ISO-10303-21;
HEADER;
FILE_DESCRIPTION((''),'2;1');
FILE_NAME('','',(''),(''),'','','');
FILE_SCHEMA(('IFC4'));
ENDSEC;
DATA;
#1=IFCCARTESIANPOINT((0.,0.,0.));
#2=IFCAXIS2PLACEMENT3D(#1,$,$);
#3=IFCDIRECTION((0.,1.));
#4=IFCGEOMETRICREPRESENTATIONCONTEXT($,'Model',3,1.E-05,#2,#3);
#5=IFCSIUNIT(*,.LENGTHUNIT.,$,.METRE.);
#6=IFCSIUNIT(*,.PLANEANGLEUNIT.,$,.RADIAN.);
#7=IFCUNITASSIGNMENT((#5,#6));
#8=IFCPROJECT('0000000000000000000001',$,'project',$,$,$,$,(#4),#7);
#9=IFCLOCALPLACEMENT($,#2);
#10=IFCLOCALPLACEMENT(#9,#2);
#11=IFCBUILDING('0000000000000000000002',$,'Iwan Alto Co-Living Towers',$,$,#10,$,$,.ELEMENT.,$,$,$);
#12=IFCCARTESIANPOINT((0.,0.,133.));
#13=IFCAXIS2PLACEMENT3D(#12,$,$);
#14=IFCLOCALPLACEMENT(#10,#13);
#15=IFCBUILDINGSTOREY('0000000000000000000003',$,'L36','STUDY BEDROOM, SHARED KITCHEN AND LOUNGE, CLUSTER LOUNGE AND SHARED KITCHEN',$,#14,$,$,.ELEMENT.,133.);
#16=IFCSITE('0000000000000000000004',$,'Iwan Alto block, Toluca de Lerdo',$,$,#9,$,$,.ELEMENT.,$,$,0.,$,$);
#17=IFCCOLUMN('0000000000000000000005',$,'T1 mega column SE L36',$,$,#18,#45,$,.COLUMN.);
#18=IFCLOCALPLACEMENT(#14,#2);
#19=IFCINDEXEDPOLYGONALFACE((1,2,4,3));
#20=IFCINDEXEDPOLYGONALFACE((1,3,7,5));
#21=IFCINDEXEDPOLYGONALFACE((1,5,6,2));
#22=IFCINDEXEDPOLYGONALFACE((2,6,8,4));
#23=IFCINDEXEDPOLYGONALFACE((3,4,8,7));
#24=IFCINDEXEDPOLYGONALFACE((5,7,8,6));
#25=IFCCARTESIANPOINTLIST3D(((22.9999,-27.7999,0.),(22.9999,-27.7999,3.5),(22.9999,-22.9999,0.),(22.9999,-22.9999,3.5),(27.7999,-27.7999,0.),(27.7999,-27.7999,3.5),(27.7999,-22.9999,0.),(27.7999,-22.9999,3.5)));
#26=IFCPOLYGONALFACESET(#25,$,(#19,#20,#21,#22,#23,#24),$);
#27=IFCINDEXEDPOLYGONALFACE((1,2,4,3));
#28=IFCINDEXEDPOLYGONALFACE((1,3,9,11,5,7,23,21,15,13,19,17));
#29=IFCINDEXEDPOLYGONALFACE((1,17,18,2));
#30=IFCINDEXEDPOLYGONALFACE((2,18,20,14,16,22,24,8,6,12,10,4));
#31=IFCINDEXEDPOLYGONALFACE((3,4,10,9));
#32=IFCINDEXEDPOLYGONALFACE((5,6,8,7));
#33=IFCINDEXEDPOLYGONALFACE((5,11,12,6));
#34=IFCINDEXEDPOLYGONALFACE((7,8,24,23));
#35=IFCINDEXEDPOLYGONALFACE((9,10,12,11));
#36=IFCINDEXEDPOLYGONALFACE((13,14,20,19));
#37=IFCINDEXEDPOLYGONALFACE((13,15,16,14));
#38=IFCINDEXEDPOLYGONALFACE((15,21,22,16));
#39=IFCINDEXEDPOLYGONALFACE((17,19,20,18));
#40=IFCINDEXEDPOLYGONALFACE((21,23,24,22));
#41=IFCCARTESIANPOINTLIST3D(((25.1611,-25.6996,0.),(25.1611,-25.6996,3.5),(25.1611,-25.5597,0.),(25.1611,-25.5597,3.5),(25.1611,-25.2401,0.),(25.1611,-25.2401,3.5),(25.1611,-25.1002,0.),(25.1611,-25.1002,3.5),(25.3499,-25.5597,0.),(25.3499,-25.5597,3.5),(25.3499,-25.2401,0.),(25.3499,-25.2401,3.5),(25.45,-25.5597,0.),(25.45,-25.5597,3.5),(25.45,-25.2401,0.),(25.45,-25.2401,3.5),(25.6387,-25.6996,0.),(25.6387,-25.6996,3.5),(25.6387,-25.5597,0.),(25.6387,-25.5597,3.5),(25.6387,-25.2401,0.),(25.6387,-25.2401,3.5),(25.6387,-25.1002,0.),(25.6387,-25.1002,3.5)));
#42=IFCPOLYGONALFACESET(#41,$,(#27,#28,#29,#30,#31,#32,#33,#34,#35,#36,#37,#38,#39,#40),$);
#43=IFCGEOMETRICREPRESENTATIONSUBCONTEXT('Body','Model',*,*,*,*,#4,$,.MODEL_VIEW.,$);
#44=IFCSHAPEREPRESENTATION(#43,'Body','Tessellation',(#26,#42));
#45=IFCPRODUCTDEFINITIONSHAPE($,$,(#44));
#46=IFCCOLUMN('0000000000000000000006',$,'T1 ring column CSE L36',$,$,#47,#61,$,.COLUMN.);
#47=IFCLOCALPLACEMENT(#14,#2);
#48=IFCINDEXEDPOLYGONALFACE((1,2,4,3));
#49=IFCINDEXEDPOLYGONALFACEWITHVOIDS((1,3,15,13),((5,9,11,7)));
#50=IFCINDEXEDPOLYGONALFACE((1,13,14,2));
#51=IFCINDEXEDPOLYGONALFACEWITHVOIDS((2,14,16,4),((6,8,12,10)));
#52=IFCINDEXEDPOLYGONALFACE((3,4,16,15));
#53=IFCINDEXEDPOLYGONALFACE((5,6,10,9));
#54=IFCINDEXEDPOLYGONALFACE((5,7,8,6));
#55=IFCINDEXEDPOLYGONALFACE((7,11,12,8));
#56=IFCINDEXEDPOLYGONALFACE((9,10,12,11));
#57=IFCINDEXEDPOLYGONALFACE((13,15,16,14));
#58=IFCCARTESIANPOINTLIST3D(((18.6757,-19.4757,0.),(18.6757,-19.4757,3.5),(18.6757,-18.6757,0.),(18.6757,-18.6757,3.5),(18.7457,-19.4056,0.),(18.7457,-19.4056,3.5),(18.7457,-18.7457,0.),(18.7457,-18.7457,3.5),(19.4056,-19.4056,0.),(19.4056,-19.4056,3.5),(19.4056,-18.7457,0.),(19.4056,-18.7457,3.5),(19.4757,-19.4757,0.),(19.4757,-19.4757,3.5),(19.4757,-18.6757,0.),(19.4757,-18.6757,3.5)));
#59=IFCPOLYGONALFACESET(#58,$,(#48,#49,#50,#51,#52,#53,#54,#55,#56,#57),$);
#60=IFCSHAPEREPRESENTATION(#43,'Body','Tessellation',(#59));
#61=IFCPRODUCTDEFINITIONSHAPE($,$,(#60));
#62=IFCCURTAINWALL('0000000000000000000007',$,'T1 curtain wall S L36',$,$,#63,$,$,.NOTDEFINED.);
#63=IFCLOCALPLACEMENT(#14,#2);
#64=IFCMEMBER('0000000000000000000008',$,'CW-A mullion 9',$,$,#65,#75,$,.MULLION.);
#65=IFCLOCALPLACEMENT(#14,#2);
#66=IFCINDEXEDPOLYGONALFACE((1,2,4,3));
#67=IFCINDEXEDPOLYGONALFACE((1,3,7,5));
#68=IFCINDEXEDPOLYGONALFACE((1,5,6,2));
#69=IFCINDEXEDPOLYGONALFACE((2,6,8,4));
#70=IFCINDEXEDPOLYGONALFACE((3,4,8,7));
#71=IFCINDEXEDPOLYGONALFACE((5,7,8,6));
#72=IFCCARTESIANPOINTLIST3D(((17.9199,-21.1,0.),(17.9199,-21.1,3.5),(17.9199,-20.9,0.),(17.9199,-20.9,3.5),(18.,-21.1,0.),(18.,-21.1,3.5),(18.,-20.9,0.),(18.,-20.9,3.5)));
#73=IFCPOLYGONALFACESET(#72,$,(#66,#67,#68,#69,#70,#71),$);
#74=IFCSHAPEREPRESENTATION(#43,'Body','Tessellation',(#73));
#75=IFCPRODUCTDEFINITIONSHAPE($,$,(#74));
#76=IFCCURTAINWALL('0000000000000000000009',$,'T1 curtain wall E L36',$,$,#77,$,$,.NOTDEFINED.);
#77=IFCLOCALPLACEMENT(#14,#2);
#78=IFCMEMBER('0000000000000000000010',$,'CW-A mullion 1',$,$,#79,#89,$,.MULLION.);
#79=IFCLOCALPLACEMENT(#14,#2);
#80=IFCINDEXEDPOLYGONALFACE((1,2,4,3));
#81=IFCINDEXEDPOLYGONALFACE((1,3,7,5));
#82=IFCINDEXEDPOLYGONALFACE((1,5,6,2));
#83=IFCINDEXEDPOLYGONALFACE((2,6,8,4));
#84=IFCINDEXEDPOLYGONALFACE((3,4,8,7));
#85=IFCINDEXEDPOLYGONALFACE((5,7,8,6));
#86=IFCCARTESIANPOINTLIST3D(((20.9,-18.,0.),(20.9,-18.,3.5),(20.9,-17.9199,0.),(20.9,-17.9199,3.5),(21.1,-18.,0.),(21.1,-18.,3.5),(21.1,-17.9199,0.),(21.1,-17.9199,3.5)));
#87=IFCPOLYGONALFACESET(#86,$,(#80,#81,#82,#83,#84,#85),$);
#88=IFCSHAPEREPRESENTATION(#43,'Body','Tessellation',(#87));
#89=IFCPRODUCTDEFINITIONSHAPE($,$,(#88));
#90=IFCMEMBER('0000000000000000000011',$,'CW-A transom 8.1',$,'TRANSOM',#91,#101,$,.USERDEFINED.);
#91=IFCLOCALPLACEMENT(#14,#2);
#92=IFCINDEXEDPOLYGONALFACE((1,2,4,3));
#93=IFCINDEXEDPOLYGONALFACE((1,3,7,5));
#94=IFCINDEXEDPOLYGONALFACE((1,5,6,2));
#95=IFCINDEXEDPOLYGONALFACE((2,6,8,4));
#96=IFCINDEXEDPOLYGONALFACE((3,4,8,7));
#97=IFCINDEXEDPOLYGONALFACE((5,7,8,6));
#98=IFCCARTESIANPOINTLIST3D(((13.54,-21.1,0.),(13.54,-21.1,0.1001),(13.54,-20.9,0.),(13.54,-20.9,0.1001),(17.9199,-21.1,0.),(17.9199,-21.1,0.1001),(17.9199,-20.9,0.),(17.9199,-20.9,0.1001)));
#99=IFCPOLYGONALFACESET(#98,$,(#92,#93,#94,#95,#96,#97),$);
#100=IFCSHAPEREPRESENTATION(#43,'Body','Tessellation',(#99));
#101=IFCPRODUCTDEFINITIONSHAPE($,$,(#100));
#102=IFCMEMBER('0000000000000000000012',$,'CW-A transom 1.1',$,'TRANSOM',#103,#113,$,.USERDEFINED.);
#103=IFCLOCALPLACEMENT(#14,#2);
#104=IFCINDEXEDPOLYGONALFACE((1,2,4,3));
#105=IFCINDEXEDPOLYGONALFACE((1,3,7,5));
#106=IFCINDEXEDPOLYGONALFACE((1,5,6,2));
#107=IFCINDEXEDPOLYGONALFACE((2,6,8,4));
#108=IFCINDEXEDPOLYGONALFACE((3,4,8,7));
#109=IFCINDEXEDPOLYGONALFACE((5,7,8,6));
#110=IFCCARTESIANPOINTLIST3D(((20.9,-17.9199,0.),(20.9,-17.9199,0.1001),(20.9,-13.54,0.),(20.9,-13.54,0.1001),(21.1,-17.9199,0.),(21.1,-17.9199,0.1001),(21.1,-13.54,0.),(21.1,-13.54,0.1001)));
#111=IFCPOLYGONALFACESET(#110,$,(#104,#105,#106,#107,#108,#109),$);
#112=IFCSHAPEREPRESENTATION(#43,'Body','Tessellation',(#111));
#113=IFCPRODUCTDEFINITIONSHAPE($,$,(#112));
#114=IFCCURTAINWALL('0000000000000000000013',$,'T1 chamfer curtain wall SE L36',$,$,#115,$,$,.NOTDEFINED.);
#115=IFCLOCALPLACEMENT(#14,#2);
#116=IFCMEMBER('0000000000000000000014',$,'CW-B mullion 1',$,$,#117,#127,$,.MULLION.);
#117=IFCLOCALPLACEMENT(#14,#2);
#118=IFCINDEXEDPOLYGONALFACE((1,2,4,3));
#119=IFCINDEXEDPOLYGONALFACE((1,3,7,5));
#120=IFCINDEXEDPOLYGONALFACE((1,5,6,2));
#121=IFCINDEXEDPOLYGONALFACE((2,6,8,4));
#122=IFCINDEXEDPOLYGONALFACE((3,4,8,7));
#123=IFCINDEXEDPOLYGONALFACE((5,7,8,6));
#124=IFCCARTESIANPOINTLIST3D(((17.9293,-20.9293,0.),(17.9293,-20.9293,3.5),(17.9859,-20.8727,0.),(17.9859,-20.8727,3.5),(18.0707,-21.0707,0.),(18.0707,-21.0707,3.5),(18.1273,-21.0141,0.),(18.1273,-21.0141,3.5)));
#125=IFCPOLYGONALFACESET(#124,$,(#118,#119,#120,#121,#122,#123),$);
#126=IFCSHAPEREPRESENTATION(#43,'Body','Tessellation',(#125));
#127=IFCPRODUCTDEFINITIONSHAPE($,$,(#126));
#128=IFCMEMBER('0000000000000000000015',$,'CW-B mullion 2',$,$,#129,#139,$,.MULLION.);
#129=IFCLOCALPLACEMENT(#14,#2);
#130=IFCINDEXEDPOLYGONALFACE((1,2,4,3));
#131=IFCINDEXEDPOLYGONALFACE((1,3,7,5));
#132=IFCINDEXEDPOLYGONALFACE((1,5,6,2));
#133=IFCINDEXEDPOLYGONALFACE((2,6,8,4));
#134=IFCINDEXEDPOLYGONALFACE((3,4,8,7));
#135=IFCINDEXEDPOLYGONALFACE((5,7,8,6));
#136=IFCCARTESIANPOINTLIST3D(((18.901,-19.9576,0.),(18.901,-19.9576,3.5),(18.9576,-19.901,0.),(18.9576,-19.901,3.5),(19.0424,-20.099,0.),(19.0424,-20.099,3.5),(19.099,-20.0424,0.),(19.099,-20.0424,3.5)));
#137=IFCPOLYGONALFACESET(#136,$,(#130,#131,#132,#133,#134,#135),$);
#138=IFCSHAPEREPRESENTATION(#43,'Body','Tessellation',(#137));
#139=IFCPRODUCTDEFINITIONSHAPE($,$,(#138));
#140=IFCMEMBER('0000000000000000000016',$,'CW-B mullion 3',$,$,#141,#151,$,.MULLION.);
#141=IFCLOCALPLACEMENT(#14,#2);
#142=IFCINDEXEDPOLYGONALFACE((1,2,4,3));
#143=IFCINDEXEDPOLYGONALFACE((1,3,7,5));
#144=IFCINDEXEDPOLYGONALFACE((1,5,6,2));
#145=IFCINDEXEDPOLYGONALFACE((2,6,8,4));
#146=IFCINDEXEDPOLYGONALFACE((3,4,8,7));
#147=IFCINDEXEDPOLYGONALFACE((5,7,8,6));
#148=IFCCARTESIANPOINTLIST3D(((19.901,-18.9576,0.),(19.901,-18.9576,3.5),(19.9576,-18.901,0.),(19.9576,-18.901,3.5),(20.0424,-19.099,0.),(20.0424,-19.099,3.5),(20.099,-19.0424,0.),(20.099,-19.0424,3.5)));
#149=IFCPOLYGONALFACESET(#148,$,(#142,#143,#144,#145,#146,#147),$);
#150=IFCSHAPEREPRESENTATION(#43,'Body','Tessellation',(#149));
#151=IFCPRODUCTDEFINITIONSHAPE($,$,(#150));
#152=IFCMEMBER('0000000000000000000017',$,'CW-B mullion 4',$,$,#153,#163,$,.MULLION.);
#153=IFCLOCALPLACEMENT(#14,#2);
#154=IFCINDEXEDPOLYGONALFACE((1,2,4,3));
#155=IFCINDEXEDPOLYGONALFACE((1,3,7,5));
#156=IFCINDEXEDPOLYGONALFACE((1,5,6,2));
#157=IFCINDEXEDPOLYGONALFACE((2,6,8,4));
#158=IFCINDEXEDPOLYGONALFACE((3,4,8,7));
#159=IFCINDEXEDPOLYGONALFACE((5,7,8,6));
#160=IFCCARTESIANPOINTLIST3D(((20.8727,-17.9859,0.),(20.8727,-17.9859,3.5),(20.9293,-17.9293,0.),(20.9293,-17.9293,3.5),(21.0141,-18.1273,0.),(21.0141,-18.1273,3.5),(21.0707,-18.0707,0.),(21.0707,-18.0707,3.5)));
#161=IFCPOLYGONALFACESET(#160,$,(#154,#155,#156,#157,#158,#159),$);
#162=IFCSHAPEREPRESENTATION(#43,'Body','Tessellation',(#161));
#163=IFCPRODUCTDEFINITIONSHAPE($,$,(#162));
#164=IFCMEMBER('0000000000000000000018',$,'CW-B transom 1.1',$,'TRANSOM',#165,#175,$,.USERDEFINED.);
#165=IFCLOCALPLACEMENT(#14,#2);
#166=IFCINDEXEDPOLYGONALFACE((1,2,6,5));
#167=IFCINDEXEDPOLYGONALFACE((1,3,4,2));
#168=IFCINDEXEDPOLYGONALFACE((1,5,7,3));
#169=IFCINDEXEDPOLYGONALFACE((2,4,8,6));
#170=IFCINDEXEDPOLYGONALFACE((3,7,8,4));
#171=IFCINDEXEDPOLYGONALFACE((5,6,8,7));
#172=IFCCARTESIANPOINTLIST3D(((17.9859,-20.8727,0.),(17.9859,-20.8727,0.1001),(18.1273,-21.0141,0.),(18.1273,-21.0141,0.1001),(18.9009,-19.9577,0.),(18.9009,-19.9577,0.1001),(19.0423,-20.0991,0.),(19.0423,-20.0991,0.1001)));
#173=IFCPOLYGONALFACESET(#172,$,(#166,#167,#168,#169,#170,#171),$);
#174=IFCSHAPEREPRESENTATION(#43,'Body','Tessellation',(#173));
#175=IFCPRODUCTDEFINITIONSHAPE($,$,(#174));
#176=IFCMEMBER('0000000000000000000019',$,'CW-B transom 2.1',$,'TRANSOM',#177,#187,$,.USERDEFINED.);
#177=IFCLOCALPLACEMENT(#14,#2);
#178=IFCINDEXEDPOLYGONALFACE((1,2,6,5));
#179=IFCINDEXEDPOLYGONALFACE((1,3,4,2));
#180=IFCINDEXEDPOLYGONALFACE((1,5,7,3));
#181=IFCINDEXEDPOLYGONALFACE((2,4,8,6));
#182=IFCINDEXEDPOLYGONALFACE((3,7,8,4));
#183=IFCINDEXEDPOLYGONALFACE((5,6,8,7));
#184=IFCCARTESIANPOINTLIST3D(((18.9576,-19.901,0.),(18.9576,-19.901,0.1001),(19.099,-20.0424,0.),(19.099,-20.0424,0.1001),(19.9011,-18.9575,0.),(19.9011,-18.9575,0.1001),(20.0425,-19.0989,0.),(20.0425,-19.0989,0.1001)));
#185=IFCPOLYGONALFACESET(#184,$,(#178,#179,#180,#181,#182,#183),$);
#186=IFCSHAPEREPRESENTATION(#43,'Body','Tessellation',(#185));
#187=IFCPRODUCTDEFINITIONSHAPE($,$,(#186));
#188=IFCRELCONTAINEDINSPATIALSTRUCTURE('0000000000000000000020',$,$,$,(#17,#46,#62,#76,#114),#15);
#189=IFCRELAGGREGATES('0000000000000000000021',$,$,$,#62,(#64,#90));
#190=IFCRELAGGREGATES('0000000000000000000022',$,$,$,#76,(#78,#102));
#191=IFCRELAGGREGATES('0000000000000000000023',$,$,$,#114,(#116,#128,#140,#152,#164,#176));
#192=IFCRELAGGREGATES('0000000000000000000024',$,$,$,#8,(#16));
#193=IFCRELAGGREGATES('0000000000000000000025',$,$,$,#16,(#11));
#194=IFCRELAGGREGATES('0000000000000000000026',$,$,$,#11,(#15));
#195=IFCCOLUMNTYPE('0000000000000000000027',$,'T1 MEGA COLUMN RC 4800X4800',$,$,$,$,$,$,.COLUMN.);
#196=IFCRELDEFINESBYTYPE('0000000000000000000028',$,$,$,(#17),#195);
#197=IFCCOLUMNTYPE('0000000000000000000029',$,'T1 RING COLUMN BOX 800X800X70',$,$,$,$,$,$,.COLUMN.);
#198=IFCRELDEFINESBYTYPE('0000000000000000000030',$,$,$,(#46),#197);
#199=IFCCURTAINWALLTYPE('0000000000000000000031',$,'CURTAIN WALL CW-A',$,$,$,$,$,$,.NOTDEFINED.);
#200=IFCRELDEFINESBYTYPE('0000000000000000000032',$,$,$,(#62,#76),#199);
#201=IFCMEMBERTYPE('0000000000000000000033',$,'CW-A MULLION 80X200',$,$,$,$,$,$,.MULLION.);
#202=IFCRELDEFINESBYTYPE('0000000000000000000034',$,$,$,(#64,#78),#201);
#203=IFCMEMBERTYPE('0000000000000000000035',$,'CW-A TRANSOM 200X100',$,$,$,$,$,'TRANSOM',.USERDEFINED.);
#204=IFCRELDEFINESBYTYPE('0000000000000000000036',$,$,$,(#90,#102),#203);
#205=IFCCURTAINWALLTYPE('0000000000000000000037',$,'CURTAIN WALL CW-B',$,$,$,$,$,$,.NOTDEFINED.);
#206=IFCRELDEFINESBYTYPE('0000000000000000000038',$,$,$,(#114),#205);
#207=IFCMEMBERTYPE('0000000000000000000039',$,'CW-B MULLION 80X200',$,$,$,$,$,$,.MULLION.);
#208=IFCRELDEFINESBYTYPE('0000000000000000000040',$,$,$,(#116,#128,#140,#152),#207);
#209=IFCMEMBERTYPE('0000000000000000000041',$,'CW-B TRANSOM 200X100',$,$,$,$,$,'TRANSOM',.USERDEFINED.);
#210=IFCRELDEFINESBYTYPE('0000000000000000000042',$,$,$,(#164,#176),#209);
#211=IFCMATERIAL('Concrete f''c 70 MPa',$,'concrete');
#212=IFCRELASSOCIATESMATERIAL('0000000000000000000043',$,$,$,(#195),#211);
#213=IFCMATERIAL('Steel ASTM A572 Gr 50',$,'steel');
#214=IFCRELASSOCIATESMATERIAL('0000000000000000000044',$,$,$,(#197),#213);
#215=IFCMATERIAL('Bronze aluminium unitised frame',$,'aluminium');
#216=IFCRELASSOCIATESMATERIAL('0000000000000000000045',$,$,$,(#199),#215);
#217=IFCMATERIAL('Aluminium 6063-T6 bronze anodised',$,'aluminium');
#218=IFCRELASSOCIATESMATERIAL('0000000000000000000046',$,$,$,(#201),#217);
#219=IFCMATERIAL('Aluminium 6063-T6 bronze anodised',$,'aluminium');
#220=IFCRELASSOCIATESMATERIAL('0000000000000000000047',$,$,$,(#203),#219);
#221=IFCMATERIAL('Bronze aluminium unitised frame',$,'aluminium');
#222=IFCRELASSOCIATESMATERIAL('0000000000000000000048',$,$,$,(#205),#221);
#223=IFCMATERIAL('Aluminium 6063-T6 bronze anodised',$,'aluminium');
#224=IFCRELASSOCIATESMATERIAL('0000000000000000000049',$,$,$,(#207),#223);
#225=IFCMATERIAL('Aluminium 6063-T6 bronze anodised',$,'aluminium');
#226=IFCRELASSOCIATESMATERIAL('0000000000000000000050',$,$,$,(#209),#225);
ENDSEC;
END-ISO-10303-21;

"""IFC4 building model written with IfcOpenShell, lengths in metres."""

from ifc_helpers import new_model, si_unit, direction, frame, origin, origin_2d, place, context, subcontext, project, spatial, rectangle, hollow_rectangle, i_section, extrude, material, material_profile, profile_set, type_object, element, aggregate, save


model = new_model("IFC4")

# Units and contexts
model_context = context("Model", 3, precision=1e-05, world=origin(), true_north=direction((0.0, 1.0)))
body_context = subcontext(model_context, "Body", "Model", "MODEL_VIEW")
ifc_project = project(units=[si_unit("LENGTHUNIT", "METRE"), si_unit("PLANEANGLEUNIT", "RADIAN")], contexts=[model_context])

# Site, building, storey
site_placement = place(None, origin())
site = spatial("IfcSite", under=ifc_project, at=site_placement, Name="Iwan Alto block, Toluca de Lerdo", CompositionType="ELEMENT", RefElevation=0.0)
building_placement = place(site_placement, origin())
building = spatial("IfcBuilding", under=site, at=building_placement, Name="Iwan Alto Co-Living Towers", CompositionType="ELEMENT")
storey_placement = place(building_placement, frame((0.0, 0.0, 133.0)))
storey = spatial("IfcBuildingStorey", under=building, at=storey_placement, Name="L36", Description="STUDY BEDROOM, SHARED KITCHEN AND LOUNGE, CLUSTER LOUNGE AND SHARED KITCHEN", CompositionType="ELEMENT", Elevation=133.0)

# Columns
ifc_material_1 = material(Name="Concrete f'c 70 MPa", Category="concrete")
ifc_material_profile_1 = material_profile(ifc_material_1, rectangle(XDim=4.8, YDim=4.8, at=origin_2d()), Name="RC 4800X4800")
ifc_profile_set_1 = profile_set([ifc_material_profile_1], Name="Concrete f'c 70 MPa")
column_type_1 = type_object("IfcColumnType", Name="T1 MEGA COLUMN RC 4800X4800", PredefinedType="COLUMN", material=ifc_profile_set_1)
column_1_placement = place(storey_placement, frame((25.3999, -25.3999, 0.0), z_axis=(0.0, 0.0, 1.0), x_axis=(1.0, 0.0, 0.0)))
element("IfcColumn", 1, at=column_1_placement, inside=storey, type_object=column_type_1, Name="T1 mega column SE L36", PredefinedType="COLUMN", context=body_context, shape_type="SweptSolid", body=[
    extrude(rectangle(XDim=4.8, YDim=4.8, at=origin_2d()), origin(), (0.0, 0.0, 1.0), 3.5),
    extrude(i_section(OverallWidth=0.4775, OverallDepth=0.5994, WebThickness=0.1001, FlangeThickness=0.1399, at=origin_2d()), origin(), (0.0, 0.0, 1.0), 3.5),
])
ifc_material_2 = material(Name="Steel ASTM A572 Gr 50", Category="steel")
ifc_material_profile_2 = material_profile(ifc_material_2, hollow_rectangle(XDim=0.8, YDim=0.8, WallThickness=0.0701, at=origin_2d()), Name="BOX 800X800X70")
ifc_profile_set_2 = profile_set([ifc_material_profile_2], Name="Steel ASTM A572 Gr 50")
column_type_2 = type_object("IfcColumnType", Name="T1 RING COLUMN BOX 800X800X70", PredefinedType="COLUMN", material=ifc_profile_set_2)
column_2_placement = place(storey_placement, frame((19.0757, -19.0757, 0.0), z_axis=(0.0, 0.0, 1.0), x_axis=(1.0, 0.0, 0.0)))
element("IfcColumn", 2, at=column_2_placement, inside=storey, type_object=column_type_2, Name="T1 ring column CSE L36", PredefinedType="COLUMN", context=body_context, shape_type="SweptSolid", body=[
    extrude(hollow_rectangle(XDim=0.8, YDim=0.8, WallThickness=0.0701, at=origin_2d()), origin(), (0.0, 0.0, 1.0), 3.5),
])

# Curtain walls, members
ifc_material_3 = material(Name="Bronze aluminium unitised frame", Category="aluminium")
curtain_wall_type_1 = type_object("IfcCurtainWallType", Name="CURTAIN WALL CW-A", PredefinedType="NOTDEFINED", material=ifc_material_3)
curtain_wall_1_placement = place(storey_placement, origin())
curtain_wall_1 = element("IfcCurtainWall", 3, at=curtain_wall_1_placement, inside=storey, type_object=curtain_wall_type_1, Name="T1 curtain wall S L36", PredefinedType="NOTDEFINED")
ifc_material_4 = material(Name="Aluminium 6063-T6 bronze anodised", Category="aluminium")
ifc_material_profile_3 = material_profile(ifc_material_4, rectangle(XDim=0.2, YDim=0.0801, at=origin_2d()), Name="AL 80X200")
ifc_profile_set_3 = profile_set([ifc_material_profile_3], Name="Aluminium 6063-T6 bronze anodised")
member_type_1 = type_object("IfcMemberType", Name="CW-A MULLION 80X200", PredefinedType="MULLION", material=ifc_profile_set_3)
member_1_placement = place(storey_placement, frame((17.96, -21.0, 0.0), z_axis=(0.0, 0.0, 1.0), x_axis=(0.0, 1.0, 0.0)))
member_1 = element("IfcMember", 4, at=member_1_placement, type_object=member_type_1, Name="CW-A mullion 9", PredefinedType="MULLION", context=body_context, shape_type="SweptSolid", body=[
    extrude(rectangle(XDim=0.2, YDim=0.0801, at=origin_2d()), origin(), (0.0, 0.0, 1.0), 3.5),
])
curtain_wall_2_placement = place(storey_placement, origin())
curtain_wall_2 = element("IfcCurtainWall", 5, at=curtain_wall_2_placement, inside=storey, type_object=curtain_wall_type_1, Name="T1 curtain wall E L36", PredefinedType="NOTDEFINED")
member_2_placement = place(storey_placement, frame((21.0, -17.96, 0.0), z_axis=(0.0, 0.0, 1.0), x_axis=(-1.0, 0.0, 0.0)))
member_2 = element("IfcMember", 6, at=member_2_placement, type_object=member_type_1, Name="CW-A mullion 1", PredefinedType="MULLION", context=body_context, shape_type="SweptSolid", body=[
    extrude(rectangle(XDim=0.2, YDim=0.0801, at=origin_2d()), origin(), (0.0, 0.0, 1.0), 3.5),
])

# Members
ifc_material_5 = material(Name="Aluminium 6063-T6 bronze anodised", Category="aluminium")
ifc_material_profile_4 = material_profile(ifc_material_5, rectangle(XDim=0.2, YDim=0.1001, at=origin_2d()), Name="AL 200X100")
ifc_profile_set_4 = profile_set([ifc_material_profile_4], Name="Aluminium 6063-T6 bronze anodised")
member_type_2 = type_object("IfcMemberType", Name="CW-A TRANSOM 200X100", ElementType="TRANSOM", PredefinedType="USERDEFINED", material=ifc_profile_set_4)
member_3_placement = place(storey_placement, frame((13.54, -21.0, 0.05), z_axis=(1.0, 0.0, 0.0), x_axis=(0.0, 1.0, 0.0)))
member_3 = element("IfcMember", 7, at=member_3_placement, type_object=member_type_2, Name="CW-A transom 8.1", ObjectType="TRANSOM", PredefinedType="USERDEFINED", context=body_context, shape_type="SweptSolid", body=[
    extrude(rectangle(XDim=0.2, YDim=0.1001, at=origin_2d()), origin(), (0.0, 0.0, 1.0), 4.3799),
])
member_4_placement = place(storey_placement, frame((21.0, -17.9199, 0.05), z_axis=(0.0, 1.0, 0.0), x_axis=(-1.0, 0.0, 0.0)))
member_4 = element("IfcMember", 8, at=member_4_placement, type_object=member_type_2, Name="CW-A transom 1.1", ObjectType="TRANSOM", PredefinedType="USERDEFINED", context=body_context, shape_type="SweptSolid", body=[
    extrude(rectangle(XDim=0.2, YDim=0.1001, at=origin_2d()), origin(), (0.0, 0.0, 1.0), 4.3799),
])

# Curtain wall, members
ifc_material_6 = material(Name="Bronze aluminium unitised frame", Category="aluminium")
curtain_wall_type_2 = type_object("IfcCurtainWallType", Name="CURTAIN WALL CW-B", PredefinedType="NOTDEFINED", material=ifc_material_6)
curtain_wall_3_placement = place(storey_placement, origin())
curtain_wall_3 = element("IfcCurtainWall", 9, at=curtain_wall_3_placement, inside=storey, type_object=curtain_wall_type_2, Name="T1 chamfer curtain wall SE L36", PredefinedType="NOTDEFINED")
ifc_material_7 = material(Name="Aluminium 6063-T6 bronze anodised", Category="aluminium")
ifc_material_profile_5 = material_profile(ifc_material_7, rectangle(XDim=0.2, YDim=0.0801, at=origin_2d()), Name="AL 80X200")
ifc_profile_set_5 = profile_set([ifc_material_profile_5], Name="Aluminium 6063-T6 bronze anodised")
member_type_3 = type_object("IfcMemberType", Name="CW-B MULLION 80X200", PredefinedType="MULLION", material=ifc_profile_set_5)
member_5_placement = place(storey_placement, frame((18.0283, -20.9717, 0.0), z_axis=(0.0, 0.0, 1.0), x_axis=(-0.707107, 0.707107, 0.0)))
member_5 = element("IfcMember", 10, at=member_5_placement, type_object=member_type_3, Name="CW-B mullion 1", PredefinedType="MULLION", context=body_context, shape_type="SweptSolid", body=[
    extrude(rectangle(XDim=0.2, YDim=0.0801, at=origin_2d()), origin(), (0.0, 0.0, 1.0), 3.5),
])
member_6_placement = place(storey_placement, frame((19.0, -20.0, 0.0), z_axis=(0.0, 0.0, 1.0), x_axis=(-0.707107, 0.707107, 0.0)))
member_6 = element("IfcMember", 11, at=member_6_placement, type_object=member_type_3, Name="CW-B mullion 2", PredefinedType="MULLION", context=body_context, shape_type="SweptSolid", body=[
    extrude(rectangle(XDim=0.2, YDim=0.0801, at=origin_2d()), origin(), (0.0, 0.0, 1.0), 3.5),
])
member_7_placement = place(storey_placement, frame((20.0, -19.0, 0.0), z_axis=(0.0, 0.0, 1.0), x_axis=(-0.707107, 0.707107, 0.0)))
member_7 = element("IfcMember", 12, at=member_7_placement, type_object=member_type_3, Name="CW-B mullion 3", PredefinedType="MULLION", context=body_context, shape_type="SweptSolid", body=[
    extrude(rectangle(XDim=0.2, YDim=0.0801, at=origin_2d()), origin(), (0.0, 0.0, 1.0), 3.5),
])
member_8_placement = place(storey_placement, frame((20.9717, -18.0283, 0.0), z_axis=(0.0, 0.0, 1.0), x_axis=(-0.707107, 0.707107, 0.0)))
member_8 = element("IfcMember", 13, at=member_8_placement, type_object=member_type_3, Name="CW-B mullion 4", PredefinedType="MULLION", context=body_context, shape_type="SweptSolid", body=[
    extrude(rectangle(XDim=0.2, YDim=0.0801, at=origin_2d()), origin(), (0.0, 0.0, 1.0), 3.5),
])
ifc_material_8 = material(Name="Aluminium 6063-T6 bronze anodised", Category="aluminium")
ifc_material_profile_6 = material_profile(ifc_material_8, rectangle(XDim=0.2, YDim=0.1001, at=origin_2d()), Name="AL 200X100")
ifc_profile_set_6 = profile_set([ifc_material_profile_6], Name="Aluminium 6063-T6 bronze anodised")
member_type_4 = type_object("IfcMemberType", Name="CW-B TRANSOM 200X100", ElementType="TRANSOM", PredefinedType="USERDEFINED", material=ifc_profile_set_6)
member_9_placement = place(storey_placement, frame((18.0566, -20.9434, 0.05), z_axis=(0.707107, 0.707107, 0.0), x_axis=(-0.707107, 0.707107, 0.0)))
member_9 = element("IfcMember", 14, at=member_9_placement, type_object=member_type_4, Name="CW-B transom 1.1", ObjectType="TRANSOM", PredefinedType="USERDEFINED", context=body_context, shape_type="SweptSolid", body=[
    extrude(rectangle(XDim=0.2, YDim=0.1001, at=origin_2d()), origin(), (0.0, 0.0, 1.0), 1.2939),
])
member_10_placement = place(storey_placement, frame((19.0283, -19.9717, 0.05), z_axis=(0.707107, 0.707107, 0.0), x_axis=(-0.707107, 0.707107, 0.0)))
member_10 = element("IfcMember", 15, at=member_10_placement, type_object=member_type_4, Name="CW-B transom 2.1", ObjectType="TRANSOM", PredefinedType="USERDEFINED", context=body_context, shape_type="SweptSolid", body=[
    extrude(rectangle(XDim=0.2, YDim=0.1001, at=origin_2d()), origin(), (0.0, 0.0, 1.0), 1.3342),
])

aggregate(curtain_wall_1, [member_1, member_3])
aggregate(curtain_wall_2, [member_2, member_4])
aggregate(curtain_wall_3, [member_5, member_6, member_7, member_8, member_9, member_10])

save(model, "model.ifc")
